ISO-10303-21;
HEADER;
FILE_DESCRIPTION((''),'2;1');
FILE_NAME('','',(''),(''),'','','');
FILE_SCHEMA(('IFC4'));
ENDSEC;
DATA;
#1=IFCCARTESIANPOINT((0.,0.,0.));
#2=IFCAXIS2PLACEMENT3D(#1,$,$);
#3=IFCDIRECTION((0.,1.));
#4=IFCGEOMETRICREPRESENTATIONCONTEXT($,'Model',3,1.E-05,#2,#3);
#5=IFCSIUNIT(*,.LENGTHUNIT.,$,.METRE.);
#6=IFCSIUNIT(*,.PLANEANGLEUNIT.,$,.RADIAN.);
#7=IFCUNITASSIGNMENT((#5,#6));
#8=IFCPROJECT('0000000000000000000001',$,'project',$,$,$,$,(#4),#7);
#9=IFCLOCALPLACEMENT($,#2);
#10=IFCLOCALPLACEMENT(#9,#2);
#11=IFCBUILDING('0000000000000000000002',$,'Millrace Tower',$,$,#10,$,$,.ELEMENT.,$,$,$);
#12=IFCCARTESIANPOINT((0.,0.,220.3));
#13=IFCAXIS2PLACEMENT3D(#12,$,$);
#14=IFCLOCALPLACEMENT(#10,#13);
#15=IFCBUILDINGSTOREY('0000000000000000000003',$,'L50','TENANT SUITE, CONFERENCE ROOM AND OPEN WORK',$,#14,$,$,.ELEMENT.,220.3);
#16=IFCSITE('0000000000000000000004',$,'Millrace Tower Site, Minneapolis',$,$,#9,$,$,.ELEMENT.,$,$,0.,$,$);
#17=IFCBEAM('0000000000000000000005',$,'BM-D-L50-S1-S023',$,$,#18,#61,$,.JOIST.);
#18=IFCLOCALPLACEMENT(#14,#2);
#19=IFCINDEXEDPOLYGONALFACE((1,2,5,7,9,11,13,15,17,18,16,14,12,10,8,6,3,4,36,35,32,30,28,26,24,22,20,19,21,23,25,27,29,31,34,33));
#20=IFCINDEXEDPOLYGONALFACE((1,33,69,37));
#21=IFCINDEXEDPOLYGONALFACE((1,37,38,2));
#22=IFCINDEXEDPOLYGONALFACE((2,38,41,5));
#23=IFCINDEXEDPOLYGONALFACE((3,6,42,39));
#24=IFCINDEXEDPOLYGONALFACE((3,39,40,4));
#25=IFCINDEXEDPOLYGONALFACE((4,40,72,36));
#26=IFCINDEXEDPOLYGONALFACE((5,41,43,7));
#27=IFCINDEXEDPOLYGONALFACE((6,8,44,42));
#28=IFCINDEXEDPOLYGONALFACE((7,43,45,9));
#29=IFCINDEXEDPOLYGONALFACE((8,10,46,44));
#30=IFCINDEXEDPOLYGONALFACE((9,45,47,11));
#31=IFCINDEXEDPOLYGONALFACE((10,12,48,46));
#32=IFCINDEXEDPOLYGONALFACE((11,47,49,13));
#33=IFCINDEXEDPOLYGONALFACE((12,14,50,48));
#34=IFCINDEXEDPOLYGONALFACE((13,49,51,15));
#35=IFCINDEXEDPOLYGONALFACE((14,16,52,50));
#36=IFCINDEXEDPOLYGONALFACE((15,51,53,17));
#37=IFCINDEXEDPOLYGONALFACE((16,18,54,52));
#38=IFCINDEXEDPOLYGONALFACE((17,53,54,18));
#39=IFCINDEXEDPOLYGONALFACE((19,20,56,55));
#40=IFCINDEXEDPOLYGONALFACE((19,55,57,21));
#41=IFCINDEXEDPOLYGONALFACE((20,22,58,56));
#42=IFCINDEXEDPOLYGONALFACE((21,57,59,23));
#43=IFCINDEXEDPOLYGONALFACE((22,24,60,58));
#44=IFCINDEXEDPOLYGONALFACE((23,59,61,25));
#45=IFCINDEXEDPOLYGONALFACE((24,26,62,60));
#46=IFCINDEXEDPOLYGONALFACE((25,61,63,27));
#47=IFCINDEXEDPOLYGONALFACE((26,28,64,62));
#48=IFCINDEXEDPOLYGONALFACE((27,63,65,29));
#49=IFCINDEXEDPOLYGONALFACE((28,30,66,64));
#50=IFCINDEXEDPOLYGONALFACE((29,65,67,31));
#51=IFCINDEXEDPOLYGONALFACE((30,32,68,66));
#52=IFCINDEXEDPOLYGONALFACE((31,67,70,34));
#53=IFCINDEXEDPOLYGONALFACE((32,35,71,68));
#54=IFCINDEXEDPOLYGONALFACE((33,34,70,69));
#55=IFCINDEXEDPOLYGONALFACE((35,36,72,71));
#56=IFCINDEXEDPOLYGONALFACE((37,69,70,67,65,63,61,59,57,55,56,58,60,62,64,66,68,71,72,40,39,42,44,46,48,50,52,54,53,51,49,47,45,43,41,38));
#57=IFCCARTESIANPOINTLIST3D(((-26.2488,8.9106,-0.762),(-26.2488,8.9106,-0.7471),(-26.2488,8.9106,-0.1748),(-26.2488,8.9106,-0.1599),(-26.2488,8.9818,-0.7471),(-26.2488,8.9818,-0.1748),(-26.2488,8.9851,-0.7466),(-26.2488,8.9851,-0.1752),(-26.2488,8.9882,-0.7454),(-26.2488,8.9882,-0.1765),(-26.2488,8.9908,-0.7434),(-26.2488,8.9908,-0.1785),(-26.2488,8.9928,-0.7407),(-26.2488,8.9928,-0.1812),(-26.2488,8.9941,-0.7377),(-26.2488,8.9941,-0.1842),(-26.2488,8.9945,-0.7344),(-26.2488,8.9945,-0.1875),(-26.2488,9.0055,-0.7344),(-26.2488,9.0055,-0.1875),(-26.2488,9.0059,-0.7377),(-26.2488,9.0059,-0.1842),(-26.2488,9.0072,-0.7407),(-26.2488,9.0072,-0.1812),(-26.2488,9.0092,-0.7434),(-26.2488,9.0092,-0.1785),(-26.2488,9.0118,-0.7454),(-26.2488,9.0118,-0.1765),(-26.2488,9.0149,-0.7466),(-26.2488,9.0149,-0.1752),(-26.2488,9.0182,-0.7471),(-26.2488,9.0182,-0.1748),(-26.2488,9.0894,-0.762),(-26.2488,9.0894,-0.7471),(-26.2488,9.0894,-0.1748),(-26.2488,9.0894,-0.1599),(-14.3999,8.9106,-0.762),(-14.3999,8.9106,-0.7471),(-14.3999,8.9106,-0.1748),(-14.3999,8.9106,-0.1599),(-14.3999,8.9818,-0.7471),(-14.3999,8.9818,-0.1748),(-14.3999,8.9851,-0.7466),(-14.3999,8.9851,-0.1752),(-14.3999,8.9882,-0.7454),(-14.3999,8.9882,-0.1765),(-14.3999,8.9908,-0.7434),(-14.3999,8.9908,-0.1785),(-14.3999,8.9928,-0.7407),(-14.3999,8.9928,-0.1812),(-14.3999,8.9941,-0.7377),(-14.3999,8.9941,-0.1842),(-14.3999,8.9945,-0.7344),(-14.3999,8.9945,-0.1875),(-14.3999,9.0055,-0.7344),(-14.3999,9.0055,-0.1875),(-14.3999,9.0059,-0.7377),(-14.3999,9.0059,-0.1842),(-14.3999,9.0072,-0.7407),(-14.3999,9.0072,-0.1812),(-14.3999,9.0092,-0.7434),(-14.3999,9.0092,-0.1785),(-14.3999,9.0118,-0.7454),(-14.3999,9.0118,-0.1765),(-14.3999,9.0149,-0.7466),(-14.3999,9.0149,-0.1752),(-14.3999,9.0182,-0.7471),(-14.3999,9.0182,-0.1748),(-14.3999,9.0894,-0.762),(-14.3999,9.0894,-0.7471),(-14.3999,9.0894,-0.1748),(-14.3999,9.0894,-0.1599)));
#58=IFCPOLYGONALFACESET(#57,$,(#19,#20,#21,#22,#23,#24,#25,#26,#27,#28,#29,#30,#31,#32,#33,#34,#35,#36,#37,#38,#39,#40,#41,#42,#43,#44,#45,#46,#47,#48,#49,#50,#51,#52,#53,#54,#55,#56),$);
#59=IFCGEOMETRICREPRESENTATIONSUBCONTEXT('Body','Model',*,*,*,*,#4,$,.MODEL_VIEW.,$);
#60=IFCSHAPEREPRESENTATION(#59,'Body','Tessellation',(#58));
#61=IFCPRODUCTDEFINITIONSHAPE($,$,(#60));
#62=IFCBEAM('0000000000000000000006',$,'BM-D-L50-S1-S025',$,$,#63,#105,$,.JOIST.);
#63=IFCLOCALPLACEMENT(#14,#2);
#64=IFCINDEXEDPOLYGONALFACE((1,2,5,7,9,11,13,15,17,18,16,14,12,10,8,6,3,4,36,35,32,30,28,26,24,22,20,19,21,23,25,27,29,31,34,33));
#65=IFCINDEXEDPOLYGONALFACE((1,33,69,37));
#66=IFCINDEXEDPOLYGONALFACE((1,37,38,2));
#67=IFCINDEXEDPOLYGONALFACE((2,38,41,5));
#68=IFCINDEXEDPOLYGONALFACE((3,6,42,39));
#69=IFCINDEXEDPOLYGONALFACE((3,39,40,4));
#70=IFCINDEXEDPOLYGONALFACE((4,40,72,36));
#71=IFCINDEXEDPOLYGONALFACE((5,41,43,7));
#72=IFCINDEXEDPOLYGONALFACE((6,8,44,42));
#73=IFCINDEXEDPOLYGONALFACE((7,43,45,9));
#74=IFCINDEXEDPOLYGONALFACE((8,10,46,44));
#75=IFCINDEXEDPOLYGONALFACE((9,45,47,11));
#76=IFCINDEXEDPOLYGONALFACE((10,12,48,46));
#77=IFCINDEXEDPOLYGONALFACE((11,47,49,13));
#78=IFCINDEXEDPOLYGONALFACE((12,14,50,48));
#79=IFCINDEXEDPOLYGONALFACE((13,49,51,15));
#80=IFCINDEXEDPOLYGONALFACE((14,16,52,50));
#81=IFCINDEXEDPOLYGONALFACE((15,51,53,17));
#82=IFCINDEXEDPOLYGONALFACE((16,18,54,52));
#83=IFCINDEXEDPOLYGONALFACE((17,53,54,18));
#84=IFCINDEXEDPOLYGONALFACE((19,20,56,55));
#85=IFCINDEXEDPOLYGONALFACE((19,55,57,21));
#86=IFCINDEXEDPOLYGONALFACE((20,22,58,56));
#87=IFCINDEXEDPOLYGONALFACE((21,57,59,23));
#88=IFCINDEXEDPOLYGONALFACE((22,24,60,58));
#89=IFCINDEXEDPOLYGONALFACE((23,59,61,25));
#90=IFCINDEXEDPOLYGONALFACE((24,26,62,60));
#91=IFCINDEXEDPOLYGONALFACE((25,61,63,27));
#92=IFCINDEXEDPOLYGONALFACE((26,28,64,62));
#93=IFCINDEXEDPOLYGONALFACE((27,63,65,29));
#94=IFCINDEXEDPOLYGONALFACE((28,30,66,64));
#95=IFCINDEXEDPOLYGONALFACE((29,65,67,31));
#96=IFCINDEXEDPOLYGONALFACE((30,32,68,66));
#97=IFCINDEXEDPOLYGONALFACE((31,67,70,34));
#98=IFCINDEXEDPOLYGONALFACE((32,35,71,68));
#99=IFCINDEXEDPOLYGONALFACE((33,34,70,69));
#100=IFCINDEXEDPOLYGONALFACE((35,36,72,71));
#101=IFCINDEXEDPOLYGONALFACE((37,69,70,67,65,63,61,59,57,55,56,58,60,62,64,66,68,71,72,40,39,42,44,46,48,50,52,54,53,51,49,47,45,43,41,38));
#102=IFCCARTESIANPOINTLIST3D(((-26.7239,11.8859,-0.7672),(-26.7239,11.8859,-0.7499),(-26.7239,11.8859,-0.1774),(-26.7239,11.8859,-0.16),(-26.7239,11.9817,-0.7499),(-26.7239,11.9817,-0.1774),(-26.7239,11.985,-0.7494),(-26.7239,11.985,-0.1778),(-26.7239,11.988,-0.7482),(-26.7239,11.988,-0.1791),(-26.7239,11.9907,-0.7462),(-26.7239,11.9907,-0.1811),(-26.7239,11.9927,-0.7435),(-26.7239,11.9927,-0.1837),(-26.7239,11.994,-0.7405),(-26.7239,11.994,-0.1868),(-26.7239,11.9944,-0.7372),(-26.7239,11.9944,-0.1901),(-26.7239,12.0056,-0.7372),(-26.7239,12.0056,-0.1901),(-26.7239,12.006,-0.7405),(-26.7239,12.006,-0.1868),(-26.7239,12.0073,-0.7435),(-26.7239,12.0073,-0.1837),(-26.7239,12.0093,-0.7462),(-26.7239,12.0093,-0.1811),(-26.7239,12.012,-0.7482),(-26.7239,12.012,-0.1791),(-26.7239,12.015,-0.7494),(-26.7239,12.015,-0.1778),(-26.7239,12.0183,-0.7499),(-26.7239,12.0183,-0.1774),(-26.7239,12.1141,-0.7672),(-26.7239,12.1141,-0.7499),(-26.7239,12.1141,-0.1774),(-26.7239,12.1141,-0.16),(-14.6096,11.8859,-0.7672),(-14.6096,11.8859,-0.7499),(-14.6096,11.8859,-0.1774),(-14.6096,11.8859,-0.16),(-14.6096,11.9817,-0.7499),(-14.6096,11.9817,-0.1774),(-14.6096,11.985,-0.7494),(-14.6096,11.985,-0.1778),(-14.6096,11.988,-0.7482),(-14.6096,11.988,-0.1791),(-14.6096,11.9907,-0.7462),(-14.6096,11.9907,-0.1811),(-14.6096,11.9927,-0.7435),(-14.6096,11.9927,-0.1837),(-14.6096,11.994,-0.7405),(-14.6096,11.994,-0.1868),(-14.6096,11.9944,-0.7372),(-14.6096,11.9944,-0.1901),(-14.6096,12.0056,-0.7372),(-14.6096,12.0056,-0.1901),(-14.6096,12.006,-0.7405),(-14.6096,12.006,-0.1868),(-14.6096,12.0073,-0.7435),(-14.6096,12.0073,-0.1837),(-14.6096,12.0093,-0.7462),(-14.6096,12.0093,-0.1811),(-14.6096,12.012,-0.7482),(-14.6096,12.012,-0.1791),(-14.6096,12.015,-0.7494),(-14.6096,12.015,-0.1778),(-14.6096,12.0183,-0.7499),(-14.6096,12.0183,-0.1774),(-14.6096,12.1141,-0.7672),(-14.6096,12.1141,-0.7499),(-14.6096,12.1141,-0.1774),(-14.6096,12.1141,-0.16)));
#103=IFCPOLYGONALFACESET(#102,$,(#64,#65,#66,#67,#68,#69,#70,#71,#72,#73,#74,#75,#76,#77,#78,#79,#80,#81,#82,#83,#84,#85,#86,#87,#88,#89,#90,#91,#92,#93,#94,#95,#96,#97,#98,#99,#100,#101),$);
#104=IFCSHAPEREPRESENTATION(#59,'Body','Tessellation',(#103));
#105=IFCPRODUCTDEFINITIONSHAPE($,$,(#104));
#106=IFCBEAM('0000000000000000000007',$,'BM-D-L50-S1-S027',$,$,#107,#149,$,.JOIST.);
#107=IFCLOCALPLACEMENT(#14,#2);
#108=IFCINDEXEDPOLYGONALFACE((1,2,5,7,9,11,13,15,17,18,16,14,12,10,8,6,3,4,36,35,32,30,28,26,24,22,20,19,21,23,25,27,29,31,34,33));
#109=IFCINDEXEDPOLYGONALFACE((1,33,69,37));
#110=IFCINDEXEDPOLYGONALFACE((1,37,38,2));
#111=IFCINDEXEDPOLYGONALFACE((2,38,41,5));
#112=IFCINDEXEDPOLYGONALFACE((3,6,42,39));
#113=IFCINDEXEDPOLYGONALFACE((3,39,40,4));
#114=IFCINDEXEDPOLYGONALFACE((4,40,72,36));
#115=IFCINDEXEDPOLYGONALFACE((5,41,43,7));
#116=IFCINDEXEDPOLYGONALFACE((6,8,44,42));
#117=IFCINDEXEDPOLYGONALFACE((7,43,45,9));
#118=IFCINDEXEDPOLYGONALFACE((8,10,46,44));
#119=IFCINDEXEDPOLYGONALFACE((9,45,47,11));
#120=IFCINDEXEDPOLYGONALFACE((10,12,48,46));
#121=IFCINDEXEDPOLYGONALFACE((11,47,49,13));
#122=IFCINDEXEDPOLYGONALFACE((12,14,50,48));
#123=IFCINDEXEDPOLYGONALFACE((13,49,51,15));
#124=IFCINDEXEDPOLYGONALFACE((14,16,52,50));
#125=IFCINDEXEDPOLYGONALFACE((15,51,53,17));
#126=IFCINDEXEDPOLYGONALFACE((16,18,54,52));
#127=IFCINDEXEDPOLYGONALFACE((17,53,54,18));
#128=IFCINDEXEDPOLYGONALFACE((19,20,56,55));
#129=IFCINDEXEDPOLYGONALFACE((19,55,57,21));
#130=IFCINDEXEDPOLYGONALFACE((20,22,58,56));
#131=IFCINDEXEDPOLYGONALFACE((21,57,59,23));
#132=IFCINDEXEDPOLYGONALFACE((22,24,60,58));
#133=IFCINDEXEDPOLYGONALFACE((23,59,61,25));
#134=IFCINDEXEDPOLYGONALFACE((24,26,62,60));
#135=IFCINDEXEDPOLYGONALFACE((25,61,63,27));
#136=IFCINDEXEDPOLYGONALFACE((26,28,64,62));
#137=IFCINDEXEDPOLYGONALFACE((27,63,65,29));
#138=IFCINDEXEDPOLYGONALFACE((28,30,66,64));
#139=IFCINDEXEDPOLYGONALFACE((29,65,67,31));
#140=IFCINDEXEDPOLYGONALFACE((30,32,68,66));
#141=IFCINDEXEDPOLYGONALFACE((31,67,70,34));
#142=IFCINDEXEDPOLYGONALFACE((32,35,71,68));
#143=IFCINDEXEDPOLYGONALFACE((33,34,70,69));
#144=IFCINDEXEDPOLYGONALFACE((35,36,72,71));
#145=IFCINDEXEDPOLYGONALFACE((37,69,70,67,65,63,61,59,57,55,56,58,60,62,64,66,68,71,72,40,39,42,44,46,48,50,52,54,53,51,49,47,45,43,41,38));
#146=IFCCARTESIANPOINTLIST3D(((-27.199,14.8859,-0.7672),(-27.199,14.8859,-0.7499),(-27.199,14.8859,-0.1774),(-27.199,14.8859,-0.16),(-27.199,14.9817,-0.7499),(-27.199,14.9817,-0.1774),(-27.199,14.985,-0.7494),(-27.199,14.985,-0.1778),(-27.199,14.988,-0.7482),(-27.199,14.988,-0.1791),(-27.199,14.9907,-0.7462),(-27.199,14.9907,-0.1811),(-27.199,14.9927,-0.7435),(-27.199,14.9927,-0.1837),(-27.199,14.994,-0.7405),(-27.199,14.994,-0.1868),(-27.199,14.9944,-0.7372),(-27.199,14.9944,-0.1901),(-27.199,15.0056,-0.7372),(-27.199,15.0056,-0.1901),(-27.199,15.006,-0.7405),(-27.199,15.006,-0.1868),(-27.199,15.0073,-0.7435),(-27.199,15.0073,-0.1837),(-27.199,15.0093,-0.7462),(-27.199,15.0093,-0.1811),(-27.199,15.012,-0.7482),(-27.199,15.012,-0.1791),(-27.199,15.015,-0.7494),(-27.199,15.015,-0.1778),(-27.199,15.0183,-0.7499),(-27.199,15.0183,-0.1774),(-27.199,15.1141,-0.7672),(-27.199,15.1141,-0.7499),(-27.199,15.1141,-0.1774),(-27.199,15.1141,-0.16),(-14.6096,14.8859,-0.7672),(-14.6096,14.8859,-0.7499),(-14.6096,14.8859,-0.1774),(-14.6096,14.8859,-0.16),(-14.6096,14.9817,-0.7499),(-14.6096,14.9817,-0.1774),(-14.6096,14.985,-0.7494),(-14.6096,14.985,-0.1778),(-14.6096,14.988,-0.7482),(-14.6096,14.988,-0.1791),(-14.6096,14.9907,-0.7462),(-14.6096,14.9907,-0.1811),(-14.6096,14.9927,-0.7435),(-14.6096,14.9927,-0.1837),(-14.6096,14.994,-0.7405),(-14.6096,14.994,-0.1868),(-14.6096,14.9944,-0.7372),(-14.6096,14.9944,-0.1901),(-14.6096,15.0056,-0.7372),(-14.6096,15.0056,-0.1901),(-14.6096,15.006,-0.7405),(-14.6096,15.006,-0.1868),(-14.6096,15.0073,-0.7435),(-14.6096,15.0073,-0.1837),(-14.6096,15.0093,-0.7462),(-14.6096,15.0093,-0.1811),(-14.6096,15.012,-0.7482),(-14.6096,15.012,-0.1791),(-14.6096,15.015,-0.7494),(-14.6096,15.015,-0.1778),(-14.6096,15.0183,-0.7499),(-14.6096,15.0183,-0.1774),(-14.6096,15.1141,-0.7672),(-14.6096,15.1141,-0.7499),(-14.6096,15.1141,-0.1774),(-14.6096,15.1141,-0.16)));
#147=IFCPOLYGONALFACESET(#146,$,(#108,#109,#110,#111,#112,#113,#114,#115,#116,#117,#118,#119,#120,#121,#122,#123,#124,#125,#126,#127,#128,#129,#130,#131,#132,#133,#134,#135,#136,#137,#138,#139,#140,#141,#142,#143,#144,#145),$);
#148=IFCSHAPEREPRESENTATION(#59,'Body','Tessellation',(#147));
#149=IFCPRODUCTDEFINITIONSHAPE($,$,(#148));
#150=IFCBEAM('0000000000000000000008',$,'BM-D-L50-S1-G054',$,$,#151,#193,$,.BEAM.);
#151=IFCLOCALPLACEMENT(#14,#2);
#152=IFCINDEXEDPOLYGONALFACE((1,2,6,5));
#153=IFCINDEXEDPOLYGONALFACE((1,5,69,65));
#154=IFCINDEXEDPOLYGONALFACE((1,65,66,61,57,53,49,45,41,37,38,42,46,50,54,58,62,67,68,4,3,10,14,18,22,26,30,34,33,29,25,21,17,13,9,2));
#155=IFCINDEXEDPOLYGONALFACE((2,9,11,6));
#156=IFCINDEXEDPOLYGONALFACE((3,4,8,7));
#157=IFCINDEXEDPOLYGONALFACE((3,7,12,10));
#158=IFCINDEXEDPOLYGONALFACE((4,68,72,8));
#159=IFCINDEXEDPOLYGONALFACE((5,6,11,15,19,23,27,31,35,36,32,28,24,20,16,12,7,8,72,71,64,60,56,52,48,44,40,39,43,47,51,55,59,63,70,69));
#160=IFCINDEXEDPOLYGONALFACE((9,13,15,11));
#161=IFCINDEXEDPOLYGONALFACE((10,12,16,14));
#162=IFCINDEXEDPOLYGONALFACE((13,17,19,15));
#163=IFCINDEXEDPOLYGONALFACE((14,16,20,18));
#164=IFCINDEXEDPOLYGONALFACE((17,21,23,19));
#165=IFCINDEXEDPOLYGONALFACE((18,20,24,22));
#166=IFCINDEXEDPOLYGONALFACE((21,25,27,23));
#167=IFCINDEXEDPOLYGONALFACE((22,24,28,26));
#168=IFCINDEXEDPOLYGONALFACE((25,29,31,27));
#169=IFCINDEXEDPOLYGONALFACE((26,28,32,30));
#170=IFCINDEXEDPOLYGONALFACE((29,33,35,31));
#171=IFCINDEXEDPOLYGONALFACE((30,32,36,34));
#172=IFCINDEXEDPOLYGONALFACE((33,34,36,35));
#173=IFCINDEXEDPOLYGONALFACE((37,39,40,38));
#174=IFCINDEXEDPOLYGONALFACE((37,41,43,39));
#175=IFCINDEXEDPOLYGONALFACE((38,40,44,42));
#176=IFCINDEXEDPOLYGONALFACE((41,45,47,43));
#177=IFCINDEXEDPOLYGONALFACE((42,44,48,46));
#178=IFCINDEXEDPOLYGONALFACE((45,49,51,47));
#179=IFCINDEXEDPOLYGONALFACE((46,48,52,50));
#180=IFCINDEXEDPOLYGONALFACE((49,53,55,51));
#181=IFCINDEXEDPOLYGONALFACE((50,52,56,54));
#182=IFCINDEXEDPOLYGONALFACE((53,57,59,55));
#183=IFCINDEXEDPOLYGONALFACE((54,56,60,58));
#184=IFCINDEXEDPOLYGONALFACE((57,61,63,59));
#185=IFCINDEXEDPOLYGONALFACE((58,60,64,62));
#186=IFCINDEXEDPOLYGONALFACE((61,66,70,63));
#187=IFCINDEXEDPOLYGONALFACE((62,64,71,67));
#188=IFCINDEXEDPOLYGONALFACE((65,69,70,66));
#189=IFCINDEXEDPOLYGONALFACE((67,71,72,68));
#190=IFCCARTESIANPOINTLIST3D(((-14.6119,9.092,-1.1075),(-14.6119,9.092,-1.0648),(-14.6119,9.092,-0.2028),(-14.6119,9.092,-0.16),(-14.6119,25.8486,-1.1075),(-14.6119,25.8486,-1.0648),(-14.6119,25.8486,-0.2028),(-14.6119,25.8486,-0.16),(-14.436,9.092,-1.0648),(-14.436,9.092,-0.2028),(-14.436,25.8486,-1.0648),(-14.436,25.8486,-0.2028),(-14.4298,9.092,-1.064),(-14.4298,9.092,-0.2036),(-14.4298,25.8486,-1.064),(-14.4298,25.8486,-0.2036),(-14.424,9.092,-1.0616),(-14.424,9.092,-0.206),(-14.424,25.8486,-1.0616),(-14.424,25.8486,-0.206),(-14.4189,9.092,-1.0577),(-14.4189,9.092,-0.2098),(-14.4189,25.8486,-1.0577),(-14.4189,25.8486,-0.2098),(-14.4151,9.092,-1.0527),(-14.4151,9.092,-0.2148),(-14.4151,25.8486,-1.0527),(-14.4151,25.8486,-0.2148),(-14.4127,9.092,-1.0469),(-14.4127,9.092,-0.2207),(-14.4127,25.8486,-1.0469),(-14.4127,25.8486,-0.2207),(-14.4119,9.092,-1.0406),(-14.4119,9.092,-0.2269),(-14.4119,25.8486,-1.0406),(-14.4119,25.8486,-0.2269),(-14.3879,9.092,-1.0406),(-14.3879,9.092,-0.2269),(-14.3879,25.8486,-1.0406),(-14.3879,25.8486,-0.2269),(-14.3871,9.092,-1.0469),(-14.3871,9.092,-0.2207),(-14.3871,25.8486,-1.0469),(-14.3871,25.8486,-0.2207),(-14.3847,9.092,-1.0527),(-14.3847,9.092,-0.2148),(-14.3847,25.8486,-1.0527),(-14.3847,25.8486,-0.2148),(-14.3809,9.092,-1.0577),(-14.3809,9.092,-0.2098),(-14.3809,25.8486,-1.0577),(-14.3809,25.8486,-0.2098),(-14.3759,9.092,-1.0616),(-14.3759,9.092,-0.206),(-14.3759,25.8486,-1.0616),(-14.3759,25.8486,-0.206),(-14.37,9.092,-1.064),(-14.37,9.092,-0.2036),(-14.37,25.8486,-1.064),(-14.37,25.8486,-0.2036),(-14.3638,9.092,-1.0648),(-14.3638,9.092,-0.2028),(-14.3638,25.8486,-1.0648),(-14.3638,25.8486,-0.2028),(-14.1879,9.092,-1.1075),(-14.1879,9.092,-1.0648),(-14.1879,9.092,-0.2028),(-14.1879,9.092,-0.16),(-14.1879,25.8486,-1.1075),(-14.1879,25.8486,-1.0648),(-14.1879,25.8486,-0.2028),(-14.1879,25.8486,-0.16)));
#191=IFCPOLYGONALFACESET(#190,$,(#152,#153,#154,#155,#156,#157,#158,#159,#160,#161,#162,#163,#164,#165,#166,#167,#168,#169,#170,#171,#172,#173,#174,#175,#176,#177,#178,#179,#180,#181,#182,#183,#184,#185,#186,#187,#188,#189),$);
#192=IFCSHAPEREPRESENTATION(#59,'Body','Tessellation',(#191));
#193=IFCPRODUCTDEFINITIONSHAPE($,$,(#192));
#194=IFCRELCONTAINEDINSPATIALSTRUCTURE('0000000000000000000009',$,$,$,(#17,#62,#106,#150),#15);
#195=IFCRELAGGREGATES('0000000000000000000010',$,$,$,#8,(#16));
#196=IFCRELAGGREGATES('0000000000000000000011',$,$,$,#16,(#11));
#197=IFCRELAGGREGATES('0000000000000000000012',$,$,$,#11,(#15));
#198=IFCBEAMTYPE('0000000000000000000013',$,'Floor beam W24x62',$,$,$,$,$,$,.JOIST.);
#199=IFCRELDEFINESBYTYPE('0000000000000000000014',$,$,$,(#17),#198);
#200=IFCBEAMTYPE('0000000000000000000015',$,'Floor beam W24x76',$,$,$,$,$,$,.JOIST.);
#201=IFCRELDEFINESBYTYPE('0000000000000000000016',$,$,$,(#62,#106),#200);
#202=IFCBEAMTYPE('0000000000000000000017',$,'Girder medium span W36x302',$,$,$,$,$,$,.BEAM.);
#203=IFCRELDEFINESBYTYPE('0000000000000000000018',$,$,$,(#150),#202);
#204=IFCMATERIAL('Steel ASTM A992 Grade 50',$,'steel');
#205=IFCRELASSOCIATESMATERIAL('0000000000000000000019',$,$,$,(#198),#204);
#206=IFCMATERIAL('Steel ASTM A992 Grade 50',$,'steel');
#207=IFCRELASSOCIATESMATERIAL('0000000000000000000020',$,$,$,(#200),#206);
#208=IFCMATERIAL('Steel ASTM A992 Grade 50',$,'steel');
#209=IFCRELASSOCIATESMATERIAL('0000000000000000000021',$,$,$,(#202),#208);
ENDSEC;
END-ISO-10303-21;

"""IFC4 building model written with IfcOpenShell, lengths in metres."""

from ifc_helpers import new_model, si_unit, direction, frame, origin, origin_2d, place, context, subcontext, project, spatial, i_section, extrude, material, material_profile, profile_set, type_object, element, save


model = new_model("IFC4")

# Units and contexts
model_context = context("Model", 3, precision=1e-05, world=origin(), true_north=direction((0.0, 1.0)))
body_context = subcontext(model_context, "Body", "Model", "MODEL_VIEW")
ifc_project = project(units=[si_unit("LENGTHUNIT", "METRE"), si_unit("PLANEANGLEUNIT", "RADIAN")], contexts=[model_context])

# Site, building, storey
site_placement = place(None, origin())
site = spatial("IfcSite", under=ifc_project, at=site_placement, Name="Millrace Tower Site, Minneapolis", CompositionType="ELEMENT", RefElevation=0.0)
building_placement = place(site_placement, origin())
building = spatial("IfcBuilding", under=site, at=building_placement, Name="Millrace Tower", CompositionType="ELEMENT")
storey_placement = place(building_placement, frame((0.0, 0.0, 220.3)))
storey = spatial("IfcBuildingStorey", under=building, at=storey_placement, Name="L50", Description="TENANT SUITE, CONFERENCE ROOM AND OPEN WORK", CompositionType="ELEMENT", Elevation=220.3)

# Beams
ifc_material_1 = material(Name="Steel ASTM A992 Grade 50", Category="steel")
ifc_material_profile_1 = material_profile(ifc_material_1, i_section(OverallWidth=0.1787, OverallDepth=0.6021, WebThickness=0.011, FlangeThickness=0.0149, FilletRadius=0.0127, at=origin_2d()))
ifc_profile_set_1 = profile_set([ifc_material_profile_1], Name="Steel ASTM A992 Grade 50")
beam_type_1 = type_object("IfcBeamType", Name="Floor beam W24x62", PredefinedType="JOIST", material=ifc_profile_set_1)
beam_1_placement = place(storey_placement, frame((-26.2488, 9.0, -0.4609), z_axis=(1.0, 0.0, 0.0), x_axis=(0.0, 1.0, 0.0)))
element("IfcBeam", 1, at=beam_1_placement, inside=storey, type_object=beam_type_1, Name="BM-D-L50-S1-S023", PredefinedType="JOIST", context=body_context, shape_type="SweptSolid", body=[
    extrude(i_section(OverallWidth=0.1787, OverallDepth=0.6021, WebThickness=0.011, FlangeThickness=0.0149, FilletRadius=0.0127, at=origin_2d()), origin(), (0.0, 0.0, 1.0), 11.8489),
])
ifc_material_2 = material(Name="Steel ASTM A992 Grade 50", Category="steel")
ifc_material_profile_2 = material_profile(ifc_material_2, i_section(OverallWidth=0.2283, OverallDepth=0.6072, WebThickness=0.0112, FlangeThickness=0.0173, FilletRadius=0.0127, at=origin_2d()))
ifc_profile_set_2 = profile_set([ifc_material_profile_2], Name="Steel ASTM A992 Grade 50")
beam_type_2 = type_object("IfcBeamType", Name="Floor beam W24x76", PredefinedType="JOIST", material=ifc_profile_set_2)
beam_2_placement = place(storey_placement, frame((-26.7239, 12.0, -0.4636), z_axis=(1.0, 0.0, 0.0), x_axis=(0.0, 1.0, 0.0)))
element("IfcBeam", 2, at=beam_2_placement, inside=storey, type_object=beam_type_2, Name="BM-D-L50-S1-S025", PredefinedType="JOIST", context=body_context, shape_type="SweptSolid", body=[
    extrude(i_section(OverallWidth=0.2283, OverallDepth=0.6072, WebThickness=0.0112, FlangeThickness=0.0173, FilletRadius=0.0127, at=origin_2d()), origin(), (0.0, 0.0, 1.0), 12.1143),
])
beam_3_placement = place(storey_placement, frame((-27.199, 15.0, -0.4636), z_axis=(1.0, 0.0, 0.0), x_axis=(0.0, 1.0, 0.0)))
element("IfcBeam", 3, at=beam_3_placement, inside=storey, type_object=beam_type_2, Name="BM-D-L50-S1-S027", PredefinedType="JOIST", context=body_context, shape_type="SweptSolid", body=[
    extrude(i_section(OverallWidth=0.2283, OverallDepth=0.6072, WebThickness=0.0112, FlangeThickness=0.0173, FilletRadius=0.0127, at=origin_2d()), origin(), (0.0, 0.0, 1.0), 12.5894),
])
ifc_material_3 = material(Name="Steel ASTM A992 Grade 50", Category="steel")
ifc_material_profile_3 = material_profile(ifc_material_3, i_section(OverallWidth=0.4241, OverallDepth=0.9475, WebThickness=0.0239, FlangeThickness=0.0427, FilletRadius=0.0242, at=origin_2d()))
ifc_profile_set_3 = profile_set([ifc_material_profile_3], Name="Steel ASTM A992 Grade 50")
beam_type_3 = type_object("IfcBeamType", Name="Girder medium span W36x302", PredefinedType="BEAM", material=ifc_profile_set_3)
beam_4_placement = place(storey_placement, frame((-14.3999, 9.092, -0.6338), z_axis=(0.0, 1.0, 0.0), x_axis=(-1.0, 0.0, 0.0)))
element("IfcBeam", 4, at=beam_4_placement, inside=storey, type_object=beam_type_3, Name="BM-D-L50-S1-G054", PredefinedType="BEAM", context=body_context, shape_type="SweptSolid", body=[
    extrude(i_section(OverallWidth=0.4241, OverallDepth=0.9475, WebThickness=0.0239, FlangeThickness=0.0427, FilletRadius=0.0242, at=origin_2d()), origin(), (0.0, 0.0, 1.0), 16.7566),
])

save(model, "model.ifc")
